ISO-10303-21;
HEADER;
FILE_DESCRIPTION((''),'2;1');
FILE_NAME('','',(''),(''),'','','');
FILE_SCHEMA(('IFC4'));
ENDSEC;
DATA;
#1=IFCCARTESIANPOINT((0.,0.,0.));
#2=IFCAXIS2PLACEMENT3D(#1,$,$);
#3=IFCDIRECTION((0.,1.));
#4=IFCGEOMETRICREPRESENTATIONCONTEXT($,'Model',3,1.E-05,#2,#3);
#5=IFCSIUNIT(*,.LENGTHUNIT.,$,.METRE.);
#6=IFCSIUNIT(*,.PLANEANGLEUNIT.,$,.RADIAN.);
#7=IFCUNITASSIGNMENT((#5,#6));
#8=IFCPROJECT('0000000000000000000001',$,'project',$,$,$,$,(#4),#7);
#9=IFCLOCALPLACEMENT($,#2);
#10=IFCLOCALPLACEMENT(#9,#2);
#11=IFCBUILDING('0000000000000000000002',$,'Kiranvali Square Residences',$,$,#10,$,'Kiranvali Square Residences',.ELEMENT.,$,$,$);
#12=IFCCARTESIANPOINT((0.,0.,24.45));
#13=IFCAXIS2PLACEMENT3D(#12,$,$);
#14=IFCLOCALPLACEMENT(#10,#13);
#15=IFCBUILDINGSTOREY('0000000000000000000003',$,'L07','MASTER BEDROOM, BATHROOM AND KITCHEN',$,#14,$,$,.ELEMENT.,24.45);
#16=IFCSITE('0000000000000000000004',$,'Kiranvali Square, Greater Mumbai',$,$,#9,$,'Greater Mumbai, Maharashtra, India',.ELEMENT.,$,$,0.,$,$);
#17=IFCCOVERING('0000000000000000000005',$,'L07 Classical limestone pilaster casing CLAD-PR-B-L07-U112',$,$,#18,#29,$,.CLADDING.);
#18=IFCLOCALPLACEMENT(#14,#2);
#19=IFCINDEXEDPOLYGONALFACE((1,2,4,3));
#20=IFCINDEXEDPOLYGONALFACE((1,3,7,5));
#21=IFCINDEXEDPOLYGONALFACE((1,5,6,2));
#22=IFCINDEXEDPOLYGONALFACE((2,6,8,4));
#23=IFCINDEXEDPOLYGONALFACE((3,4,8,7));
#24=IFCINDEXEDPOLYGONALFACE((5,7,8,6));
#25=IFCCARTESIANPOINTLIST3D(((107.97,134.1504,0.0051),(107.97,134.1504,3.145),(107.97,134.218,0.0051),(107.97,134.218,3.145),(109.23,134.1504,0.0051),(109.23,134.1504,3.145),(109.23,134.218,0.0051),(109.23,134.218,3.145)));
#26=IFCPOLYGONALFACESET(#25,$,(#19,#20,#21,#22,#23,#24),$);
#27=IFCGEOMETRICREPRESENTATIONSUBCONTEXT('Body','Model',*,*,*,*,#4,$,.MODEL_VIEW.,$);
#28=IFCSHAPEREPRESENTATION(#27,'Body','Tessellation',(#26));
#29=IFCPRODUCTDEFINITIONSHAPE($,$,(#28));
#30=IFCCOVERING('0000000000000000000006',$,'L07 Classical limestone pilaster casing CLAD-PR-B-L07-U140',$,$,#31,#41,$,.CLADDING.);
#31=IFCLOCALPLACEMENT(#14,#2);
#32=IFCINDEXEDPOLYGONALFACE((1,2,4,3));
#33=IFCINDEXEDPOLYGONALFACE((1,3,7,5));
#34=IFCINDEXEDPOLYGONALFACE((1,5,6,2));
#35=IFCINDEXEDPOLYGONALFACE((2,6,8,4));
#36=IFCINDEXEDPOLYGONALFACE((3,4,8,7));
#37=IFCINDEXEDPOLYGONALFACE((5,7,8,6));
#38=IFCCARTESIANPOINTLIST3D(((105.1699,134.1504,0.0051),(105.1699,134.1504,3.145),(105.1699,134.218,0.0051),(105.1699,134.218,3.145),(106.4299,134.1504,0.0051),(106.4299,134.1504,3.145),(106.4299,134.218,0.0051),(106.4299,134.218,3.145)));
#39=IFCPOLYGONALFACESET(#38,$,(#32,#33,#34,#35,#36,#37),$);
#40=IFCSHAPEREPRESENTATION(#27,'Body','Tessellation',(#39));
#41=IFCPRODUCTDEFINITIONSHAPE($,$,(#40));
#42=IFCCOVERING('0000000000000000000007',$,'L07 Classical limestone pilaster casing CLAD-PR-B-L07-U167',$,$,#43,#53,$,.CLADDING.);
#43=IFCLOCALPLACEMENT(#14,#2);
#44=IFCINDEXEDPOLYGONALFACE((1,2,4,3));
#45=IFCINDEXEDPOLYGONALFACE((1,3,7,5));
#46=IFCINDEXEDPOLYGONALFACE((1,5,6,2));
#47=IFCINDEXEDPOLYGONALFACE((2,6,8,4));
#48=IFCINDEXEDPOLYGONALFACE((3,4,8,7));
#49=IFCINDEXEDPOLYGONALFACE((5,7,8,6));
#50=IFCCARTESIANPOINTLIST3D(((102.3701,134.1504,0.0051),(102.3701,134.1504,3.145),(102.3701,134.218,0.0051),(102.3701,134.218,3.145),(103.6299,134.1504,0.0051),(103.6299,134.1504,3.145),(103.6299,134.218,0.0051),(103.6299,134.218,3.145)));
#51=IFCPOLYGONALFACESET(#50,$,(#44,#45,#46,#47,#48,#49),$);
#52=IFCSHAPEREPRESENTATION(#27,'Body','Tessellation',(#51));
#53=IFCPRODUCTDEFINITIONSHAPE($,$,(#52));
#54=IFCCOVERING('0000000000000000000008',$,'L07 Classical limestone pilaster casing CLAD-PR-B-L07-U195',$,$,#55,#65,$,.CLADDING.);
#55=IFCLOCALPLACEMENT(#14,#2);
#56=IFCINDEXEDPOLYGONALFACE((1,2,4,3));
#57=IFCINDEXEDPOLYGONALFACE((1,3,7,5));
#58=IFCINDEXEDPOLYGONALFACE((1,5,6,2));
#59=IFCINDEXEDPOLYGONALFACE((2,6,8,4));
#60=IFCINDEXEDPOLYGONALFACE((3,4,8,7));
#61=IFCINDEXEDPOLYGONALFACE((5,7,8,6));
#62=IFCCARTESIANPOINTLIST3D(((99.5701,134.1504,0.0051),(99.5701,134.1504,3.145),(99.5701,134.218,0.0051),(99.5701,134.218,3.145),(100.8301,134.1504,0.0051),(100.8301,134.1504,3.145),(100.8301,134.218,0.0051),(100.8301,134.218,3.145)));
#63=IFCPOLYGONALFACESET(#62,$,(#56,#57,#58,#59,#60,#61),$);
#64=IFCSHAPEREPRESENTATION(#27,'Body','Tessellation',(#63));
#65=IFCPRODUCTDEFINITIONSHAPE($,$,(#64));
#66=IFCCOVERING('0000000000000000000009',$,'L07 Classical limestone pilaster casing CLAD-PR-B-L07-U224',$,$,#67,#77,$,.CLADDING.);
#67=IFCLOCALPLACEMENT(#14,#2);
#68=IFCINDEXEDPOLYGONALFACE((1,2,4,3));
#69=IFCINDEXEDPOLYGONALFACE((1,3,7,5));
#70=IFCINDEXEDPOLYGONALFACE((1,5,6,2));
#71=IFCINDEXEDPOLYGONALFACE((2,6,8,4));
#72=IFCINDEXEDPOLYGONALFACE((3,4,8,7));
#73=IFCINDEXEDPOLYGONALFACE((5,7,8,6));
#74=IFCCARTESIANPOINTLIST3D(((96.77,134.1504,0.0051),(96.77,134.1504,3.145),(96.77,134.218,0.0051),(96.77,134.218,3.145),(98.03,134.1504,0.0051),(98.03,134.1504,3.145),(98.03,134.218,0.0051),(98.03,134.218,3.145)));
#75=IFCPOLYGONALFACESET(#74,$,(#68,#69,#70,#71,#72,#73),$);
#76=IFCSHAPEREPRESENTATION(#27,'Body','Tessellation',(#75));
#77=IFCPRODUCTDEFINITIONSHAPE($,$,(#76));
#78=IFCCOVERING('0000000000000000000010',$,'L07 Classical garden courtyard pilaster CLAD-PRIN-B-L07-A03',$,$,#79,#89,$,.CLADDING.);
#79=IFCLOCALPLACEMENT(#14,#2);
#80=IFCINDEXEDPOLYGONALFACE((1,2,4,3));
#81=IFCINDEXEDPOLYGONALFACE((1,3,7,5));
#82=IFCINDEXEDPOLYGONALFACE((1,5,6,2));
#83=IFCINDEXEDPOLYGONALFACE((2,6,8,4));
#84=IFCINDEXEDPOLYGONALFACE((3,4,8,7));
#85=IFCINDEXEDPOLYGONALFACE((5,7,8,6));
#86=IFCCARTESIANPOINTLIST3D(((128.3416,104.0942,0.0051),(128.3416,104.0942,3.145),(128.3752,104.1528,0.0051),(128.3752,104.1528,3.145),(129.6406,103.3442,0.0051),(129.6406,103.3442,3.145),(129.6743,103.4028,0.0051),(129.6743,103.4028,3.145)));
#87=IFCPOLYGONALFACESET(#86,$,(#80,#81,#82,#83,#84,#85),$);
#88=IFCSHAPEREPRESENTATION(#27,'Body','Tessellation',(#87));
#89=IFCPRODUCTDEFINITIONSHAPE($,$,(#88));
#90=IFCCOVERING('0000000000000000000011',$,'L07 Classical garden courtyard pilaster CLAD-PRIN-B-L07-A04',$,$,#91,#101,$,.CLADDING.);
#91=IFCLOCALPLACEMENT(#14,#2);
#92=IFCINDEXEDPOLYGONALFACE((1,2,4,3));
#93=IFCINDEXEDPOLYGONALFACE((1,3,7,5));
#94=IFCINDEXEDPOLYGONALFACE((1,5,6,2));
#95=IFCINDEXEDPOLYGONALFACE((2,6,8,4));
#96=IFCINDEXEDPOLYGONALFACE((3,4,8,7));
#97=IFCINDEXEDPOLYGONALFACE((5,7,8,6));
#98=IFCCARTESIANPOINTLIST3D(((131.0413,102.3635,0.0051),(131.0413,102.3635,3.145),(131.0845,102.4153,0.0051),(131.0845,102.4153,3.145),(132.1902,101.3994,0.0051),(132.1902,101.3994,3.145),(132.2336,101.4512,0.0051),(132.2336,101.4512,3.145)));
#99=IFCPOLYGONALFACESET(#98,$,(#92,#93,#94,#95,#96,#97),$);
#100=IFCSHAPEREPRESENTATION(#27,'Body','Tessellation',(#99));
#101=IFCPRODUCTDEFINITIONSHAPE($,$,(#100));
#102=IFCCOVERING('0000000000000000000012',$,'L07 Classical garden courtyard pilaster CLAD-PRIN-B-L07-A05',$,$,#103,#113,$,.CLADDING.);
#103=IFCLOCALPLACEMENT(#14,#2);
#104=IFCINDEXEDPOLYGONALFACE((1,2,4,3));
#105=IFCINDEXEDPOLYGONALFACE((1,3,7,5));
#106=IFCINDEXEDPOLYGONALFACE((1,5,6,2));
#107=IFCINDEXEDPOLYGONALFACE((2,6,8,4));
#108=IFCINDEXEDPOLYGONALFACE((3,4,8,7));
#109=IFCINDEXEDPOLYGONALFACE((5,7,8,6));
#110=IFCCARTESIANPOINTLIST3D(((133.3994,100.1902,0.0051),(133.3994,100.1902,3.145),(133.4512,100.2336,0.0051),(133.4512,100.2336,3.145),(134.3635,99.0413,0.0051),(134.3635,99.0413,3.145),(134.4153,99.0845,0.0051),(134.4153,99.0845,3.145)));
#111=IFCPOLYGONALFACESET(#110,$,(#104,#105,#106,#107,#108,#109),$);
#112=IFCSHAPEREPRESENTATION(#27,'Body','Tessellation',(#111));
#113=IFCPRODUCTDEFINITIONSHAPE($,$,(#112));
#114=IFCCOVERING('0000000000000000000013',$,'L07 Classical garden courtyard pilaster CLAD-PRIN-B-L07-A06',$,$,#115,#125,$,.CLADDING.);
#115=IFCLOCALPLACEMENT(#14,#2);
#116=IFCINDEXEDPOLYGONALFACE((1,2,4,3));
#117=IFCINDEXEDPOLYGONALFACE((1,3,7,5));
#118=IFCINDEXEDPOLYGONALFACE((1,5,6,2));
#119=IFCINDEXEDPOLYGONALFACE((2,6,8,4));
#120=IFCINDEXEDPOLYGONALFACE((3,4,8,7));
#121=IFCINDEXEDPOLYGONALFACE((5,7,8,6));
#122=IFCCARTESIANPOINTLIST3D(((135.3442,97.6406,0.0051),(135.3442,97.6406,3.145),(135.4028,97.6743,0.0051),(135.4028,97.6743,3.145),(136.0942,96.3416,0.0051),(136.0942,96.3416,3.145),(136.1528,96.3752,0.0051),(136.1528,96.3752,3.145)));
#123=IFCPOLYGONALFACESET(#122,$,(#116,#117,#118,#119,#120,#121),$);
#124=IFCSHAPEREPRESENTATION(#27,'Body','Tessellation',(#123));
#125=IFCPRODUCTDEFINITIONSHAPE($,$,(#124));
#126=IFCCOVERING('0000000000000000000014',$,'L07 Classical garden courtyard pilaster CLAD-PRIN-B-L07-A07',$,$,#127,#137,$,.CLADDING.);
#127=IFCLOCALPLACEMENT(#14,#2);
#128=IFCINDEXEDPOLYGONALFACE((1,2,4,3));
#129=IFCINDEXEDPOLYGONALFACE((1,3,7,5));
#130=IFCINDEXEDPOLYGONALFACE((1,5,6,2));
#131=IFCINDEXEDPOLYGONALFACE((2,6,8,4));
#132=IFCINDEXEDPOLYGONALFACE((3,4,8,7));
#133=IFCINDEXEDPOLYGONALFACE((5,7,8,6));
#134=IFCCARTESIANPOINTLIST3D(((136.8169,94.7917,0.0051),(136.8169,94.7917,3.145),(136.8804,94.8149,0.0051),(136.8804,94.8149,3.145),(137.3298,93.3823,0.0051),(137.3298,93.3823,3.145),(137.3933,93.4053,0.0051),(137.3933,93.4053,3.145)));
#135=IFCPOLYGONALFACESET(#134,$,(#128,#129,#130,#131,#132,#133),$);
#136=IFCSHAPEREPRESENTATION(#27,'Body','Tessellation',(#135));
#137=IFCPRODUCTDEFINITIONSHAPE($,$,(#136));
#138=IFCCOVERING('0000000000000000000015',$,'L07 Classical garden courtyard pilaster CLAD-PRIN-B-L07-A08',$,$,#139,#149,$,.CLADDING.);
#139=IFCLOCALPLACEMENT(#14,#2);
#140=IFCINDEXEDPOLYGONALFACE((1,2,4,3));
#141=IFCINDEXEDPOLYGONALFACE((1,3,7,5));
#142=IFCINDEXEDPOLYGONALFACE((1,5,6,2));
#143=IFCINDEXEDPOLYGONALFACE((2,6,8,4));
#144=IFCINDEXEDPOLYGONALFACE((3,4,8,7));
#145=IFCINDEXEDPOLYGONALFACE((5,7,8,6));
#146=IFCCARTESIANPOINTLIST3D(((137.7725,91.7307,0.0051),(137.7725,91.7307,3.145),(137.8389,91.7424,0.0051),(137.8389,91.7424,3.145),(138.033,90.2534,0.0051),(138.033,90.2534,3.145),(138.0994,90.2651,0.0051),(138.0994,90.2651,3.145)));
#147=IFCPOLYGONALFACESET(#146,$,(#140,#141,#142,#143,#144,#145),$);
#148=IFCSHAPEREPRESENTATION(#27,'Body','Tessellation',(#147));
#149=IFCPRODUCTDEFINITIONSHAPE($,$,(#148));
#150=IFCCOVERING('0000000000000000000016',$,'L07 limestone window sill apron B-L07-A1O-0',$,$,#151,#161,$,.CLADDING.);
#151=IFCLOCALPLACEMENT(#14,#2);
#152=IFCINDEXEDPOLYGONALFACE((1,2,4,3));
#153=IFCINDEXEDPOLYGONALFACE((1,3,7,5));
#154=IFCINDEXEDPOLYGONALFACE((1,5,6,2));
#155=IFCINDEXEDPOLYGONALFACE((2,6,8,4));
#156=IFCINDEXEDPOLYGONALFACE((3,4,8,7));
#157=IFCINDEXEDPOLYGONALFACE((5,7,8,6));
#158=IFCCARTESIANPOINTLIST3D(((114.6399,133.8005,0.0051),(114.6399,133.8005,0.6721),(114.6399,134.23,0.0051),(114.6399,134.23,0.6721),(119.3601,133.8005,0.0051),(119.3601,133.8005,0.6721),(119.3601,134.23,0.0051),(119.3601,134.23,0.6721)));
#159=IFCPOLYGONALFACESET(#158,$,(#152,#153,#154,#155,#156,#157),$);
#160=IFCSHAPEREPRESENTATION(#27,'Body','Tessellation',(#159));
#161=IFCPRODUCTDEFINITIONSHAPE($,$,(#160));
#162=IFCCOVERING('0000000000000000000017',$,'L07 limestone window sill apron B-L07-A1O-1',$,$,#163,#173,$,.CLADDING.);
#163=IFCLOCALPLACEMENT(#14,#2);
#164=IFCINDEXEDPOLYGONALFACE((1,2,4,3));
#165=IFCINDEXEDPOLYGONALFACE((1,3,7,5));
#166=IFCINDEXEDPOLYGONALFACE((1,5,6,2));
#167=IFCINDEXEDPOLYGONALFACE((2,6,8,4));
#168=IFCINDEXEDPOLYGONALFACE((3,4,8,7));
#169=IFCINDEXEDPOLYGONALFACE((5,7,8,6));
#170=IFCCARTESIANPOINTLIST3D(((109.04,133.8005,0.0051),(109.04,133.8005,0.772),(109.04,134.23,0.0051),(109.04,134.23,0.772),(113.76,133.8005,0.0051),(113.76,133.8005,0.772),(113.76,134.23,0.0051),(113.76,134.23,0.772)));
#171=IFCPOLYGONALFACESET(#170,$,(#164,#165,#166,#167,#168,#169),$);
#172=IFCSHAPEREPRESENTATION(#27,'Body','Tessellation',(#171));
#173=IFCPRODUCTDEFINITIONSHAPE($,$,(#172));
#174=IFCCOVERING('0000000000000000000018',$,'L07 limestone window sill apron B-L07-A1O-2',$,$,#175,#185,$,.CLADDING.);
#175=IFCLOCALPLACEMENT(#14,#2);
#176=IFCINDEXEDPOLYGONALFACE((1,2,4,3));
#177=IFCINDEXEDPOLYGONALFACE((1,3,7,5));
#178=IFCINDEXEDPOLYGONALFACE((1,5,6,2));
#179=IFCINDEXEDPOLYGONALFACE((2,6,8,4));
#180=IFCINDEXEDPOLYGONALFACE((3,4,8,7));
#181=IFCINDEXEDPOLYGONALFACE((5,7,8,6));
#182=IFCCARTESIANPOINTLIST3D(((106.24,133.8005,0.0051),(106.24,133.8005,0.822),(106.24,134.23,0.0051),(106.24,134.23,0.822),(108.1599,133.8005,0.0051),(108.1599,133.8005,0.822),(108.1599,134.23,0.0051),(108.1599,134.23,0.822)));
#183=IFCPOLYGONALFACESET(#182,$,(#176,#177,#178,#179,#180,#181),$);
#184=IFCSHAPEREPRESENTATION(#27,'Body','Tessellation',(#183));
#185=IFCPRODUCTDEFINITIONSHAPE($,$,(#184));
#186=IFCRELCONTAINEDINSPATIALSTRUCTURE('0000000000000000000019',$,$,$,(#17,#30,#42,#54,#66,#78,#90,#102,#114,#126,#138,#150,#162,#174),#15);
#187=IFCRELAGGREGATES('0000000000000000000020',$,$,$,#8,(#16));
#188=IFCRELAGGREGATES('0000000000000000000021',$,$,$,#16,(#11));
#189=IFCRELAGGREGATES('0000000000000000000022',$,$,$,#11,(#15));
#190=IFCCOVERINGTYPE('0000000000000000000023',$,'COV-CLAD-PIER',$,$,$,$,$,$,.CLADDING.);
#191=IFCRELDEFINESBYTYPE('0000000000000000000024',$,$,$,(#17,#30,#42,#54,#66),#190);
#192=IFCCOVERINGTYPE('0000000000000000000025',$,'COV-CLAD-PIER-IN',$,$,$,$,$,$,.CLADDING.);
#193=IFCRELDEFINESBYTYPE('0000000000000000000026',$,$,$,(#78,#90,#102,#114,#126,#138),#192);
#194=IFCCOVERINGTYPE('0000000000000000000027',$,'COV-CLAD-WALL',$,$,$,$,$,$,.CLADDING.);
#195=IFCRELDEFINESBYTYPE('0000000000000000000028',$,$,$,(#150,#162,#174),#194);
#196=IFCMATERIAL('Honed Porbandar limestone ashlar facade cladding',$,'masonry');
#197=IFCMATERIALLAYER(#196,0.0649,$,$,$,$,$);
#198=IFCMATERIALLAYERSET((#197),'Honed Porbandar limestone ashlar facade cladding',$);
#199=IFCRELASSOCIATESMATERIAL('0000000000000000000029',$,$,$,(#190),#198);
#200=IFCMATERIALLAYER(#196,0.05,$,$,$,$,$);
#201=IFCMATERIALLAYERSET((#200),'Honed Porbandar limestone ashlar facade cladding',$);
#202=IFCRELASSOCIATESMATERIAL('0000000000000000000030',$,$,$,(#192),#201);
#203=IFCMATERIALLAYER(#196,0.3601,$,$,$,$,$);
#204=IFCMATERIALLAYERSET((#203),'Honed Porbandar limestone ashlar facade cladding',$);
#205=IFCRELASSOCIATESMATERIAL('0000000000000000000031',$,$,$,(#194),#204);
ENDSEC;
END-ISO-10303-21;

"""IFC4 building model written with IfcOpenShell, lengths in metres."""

from ifc_helpers import new_model, si_unit, direction, frame, origin, place, context, subcontext, project, spatial, polyline, outline, extrude, material, layer, layer_set, type_object, element, save


model = new_model("IFC4")

# Units and contexts
model_context = context("Model", 3, precision=1e-05, world=origin(), true_north=direction((0.0, 1.0)))
body_context = subcontext(model_context, "Body", "Model", "MODEL_VIEW")
ifc_project = project(units=[si_unit("LENGTHUNIT", "METRE"), si_unit("PLANEANGLEUNIT", "RADIAN")], contexts=[model_context])

# Site, building, storey
site_placement = place(None, origin())
site = spatial("IfcSite", under=ifc_project, at=site_placement, Name="Kiranvali Square, Greater Mumbai", LongName="Greater Mumbai, Maharashtra, India", CompositionType="ELEMENT", RefElevation=0.0)
building_placement = place(site_placement, origin())
building = spatial("IfcBuilding", under=site, at=building_placement, Name="Kiranvali Square Residences", LongName="Kiranvali Square Residences", CompositionType="ELEMENT")
storey_placement = place(building_placement, frame((0.0, 0.0, 24.45)))
storey = spatial("IfcBuildingStorey", under=building, at=storey_placement, Name="L07", Description="MASTER BEDROOM, BATHROOM AND KITCHEN", CompositionType="ELEMENT", Elevation=24.45)

# Coverings
ifc_material = material(Name="Honed Porbandar limestone ashlar facade cladding", Category="masonry")
ifc_layer_1 = layer(ifc_material, 0.0649)
ifc_layer_set_1 = layer_set([ifc_layer_1], Name="Honed Porbandar limestone ashlar facade cladding")
covering_type_1 = type_object("IfcCoveringType", Name="COV-CLAD-PIER", PredefinedType="CLADDING", material=ifc_layer_set_1)
covering_1_placement = place(storey_placement, frame((0.0, 0.0, 0.0051)))
element("IfcCovering", 1, at=covering_1_placement, inside=storey, type_object=covering_type_1, Name="L07 Classical limestone pilaster casing CLAD-PR-B-L07-U112", PredefinedType="CLADDING", context=body_context, shape_type="SweptSolid", body=[
    extrude(outline(polyline([(109.23, 134.218), (107.97, 134.218), (107.97, 134.1504), (109.23, 134.1504), (109.23, 134.218)])), origin(), (0.0, 0.0, 1.0), 3.1399),
])
covering_2_placement = place(storey_placement, frame((0.0, 0.0, 0.0051)))
element("IfcCovering", 2, at=covering_2_placement, inside=storey, type_object=covering_type_1, Name="L07 Classical limestone pilaster casing CLAD-PR-B-L07-U140", PredefinedType="CLADDING", context=body_context, shape_type="SweptSolid", body=[
    extrude(outline(polyline([(106.4299, 134.218), (105.1699, 134.218), (105.1699, 134.1504), (106.4299, 134.1504), (106.4299, 134.218)])), origin(), (0.0, 0.0, 1.0), 3.1399),
])
covering_3_placement = place(storey_placement, frame((0.0, 0.0, 0.0051)))
element("IfcCovering", 3, at=covering_3_placement, inside=storey, type_object=covering_type_1, Name="L07 Classical limestone pilaster casing CLAD-PR-B-L07-U167", PredefinedType="CLADDING", context=body_context, shape_type="SweptSolid", body=[
    extrude(outline(polyline([(103.6299, 134.218), (102.3701, 134.218), (102.3701, 134.1504), (103.6299, 134.1504), (103.6299, 134.218)])), origin(), (0.0, 0.0, 1.0), 3.1399),
])
covering_4_placement = place(storey_placement, frame((0.0, 0.0, 0.0051)))
element("IfcCovering", 4, at=covering_4_placement, inside=storey, type_object=covering_type_1, Name="L07 Classical limestone pilaster casing CLAD-PR-B-L07-U195", PredefinedType="CLADDING", context=body_context, shape_type="SweptSolid", body=[
    extrude(outline(polyline([(100.8301, 134.218), (99.5701, 134.218), (99.5701, 134.1504), (100.8301, 134.1504), (100.8301, 134.218)])), origin(), (0.0, 0.0, 1.0), 3.1399),
])
covering_5_placement = place(storey_placement, frame((0.0, 0.0, 0.0051)))
element("IfcCovering", 5, at=covering_5_placement, inside=storey, type_object=covering_type_1, Name="L07 Classical limestone pilaster casing CLAD-PR-B-L07-U224", PredefinedType="CLADDING", context=body_context, shape_type="SweptSolid", body=[
    extrude(outline(polyline([(98.03, 134.218), (96.77, 134.218), (96.77, 134.1504), (98.03, 134.1504), (98.03, 134.218)])), origin(), (0.0, 0.0, 1.0), 3.1399),
])
ifc_layer_2 = layer(ifc_material, 0.05)
ifc_layer_set_2 = layer_set([ifc_layer_2], Name="Honed Porbandar limestone ashlar facade cladding")
covering_type_2 = type_object("IfcCoveringType", Name="COV-CLAD-PIER-IN", PredefinedType="CLADDING", material=ifc_layer_set_2)
covering_6_placement = place(storey_placement, frame((0.0, 0.0, 0.0051)))
element("IfcCovering", 6, at=covering_6_placement, inside=storey, type_object=covering_type_2, Name="L07 Classical garden courtyard pilaster CLAD-PRIN-B-L07-A03", PredefinedType="CLADDING", context=body_context, shape_type="SweptSolid", body=[
    extrude(outline(polyline([(128.3416, 104.0942), (129.6406, 103.3442), (129.6743, 103.4028), (128.3752, 104.1528), (128.3416, 104.0942)])), origin(), (0.0, 0.0, 1.0), 3.1399),
])
covering_7_placement = place(storey_placement, frame((0.0, 0.0, 0.0051)))
element("IfcCovering", 7, at=covering_7_placement, inside=storey, type_object=covering_type_2, Name="L07 Classical garden courtyard pilaster CLAD-PRIN-B-L07-A04", PredefinedType="CLADDING", context=body_context, shape_type="SweptSolid", body=[
    extrude(outline(polyline([(131.0413, 102.3635), (132.1902, 101.3994), (132.2336, 101.4512), (131.0845, 102.4153), (131.0413, 102.3635)])), origin(), (0.0, 0.0, 1.0), 3.1399),
])
covering_8_placement = place(storey_placement, frame((0.0, 0.0, 0.0051)))
element("IfcCovering", 8, at=covering_8_placement, inside=storey, type_object=covering_type_2, Name="L07 Classical garden courtyard pilaster CLAD-PRIN-B-L07-A05", PredefinedType="CLADDING", context=body_context, shape_type="SweptSolid", body=[
    extrude(outline(polyline([(133.3994, 100.1902), (134.3635, 99.0413), (134.4153, 99.0845), (133.4512, 100.2336), (133.3994, 100.1902)])), origin(), (0.0, 0.0, 1.0), 3.1399),
])
covering_9_placement = place(storey_placement, frame((0.0, 0.0, 0.0051)))
element("IfcCovering", 9, at=covering_9_placement, inside=storey, type_object=covering_type_2, Name="L07 Classical garden courtyard pilaster CLAD-PRIN-B-L07-A06", PredefinedType="CLADDING", context=body_context, shape_type="SweptSolid", body=[
    extrude(outline(polyline([(135.3442, 97.6406), (136.0942, 96.3416), (136.1528, 96.3752), (135.4028, 97.6743), (135.3442, 97.6406)])), origin(), (0.0, 0.0, 1.0), 3.1399),
])
covering_10_placement = place(storey_placement, frame((0.0, 0.0, 0.0051)))
element("IfcCovering", 10, at=covering_10_placement, inside=storey, type_object=covering_type_2, Name="L07 Classical garden courtyard pilaster CLAD-PRIN-B-L07-A07", PredefinedType="CLADDING", context=body_context, shape_type="SweptSolid", body=[
    extrude(outline(polyline([(136.8169, 94.7917), (137.3298, 93.3823), (137.3933, 93.4053), (136.8804, 94.8149), (136.8169, 94.7917)])), origin(), (0.0, 0.0, 1.0), 3.1399),
])
covering_11_placement = place(storey_placement, frame((0.0, 0.0, 0.0051)))
element("IfcCovering", 11, at=covering_11_placement, inside=storey, type_object=covering_type_2, Name="L07 Classical garden courtyard pilaster CLAD-PRIN-B-L07-A08", PredefinedType="CLADDING", context=body_context, shape_type="SweptSolid", body=[
    extrude(outline(polyline([(137.7725, 91.7307), (138.033, 90.2534), (138.0994, 90.2651), (137.8389, 91.7424), (137.7725, 91.7307)])), origin(), (0.0, 0.0, 1.0), 3.1399),
])
ifc_layer_3 = layer(ifc_material, 0.3601)
ifc_layer_set_3 = layer_set([ifc_layer_3], Name="Honed Porbandar limestone ashlar facade cladding")
covering_type_3 = type_object("IfcCoveringType", Name="COV-CLAD-WALL", PredefinedType="CLADDING", material=ifc_layer_set_3)
covering_12_placement = place(storey_placement, frame((0.0, 0.0, 0.0051)))
element("IfcCovering", 12, at=covering_12_placement, inside=storey, type_object=covering_type_3, Name="L07 limestone window sill apron B-L07-A1O-0", PredefinedType="CLADDING", context=body_context, shape_type="SweptSolid", body=[
    extrude(outline(polyline([(119.3601, 134.23), (114.6399, 134.23), (114.6399, 133.8005), (119.3601, 133.8005), (119.3601, 134.23)])), origin(), (0.0, 0.0, 1.0), 0.667),
])
covering_13_placement = place(storey_placement, frame((0.0, 0.0, 0.0051)))
element("IfcCovering", 13, at=covering_13_placement, inside=storey, type_object=covering_type_3, Name="L07 limestone window sill apron B-L07-A1O-1", PredefinedType="CLADDING", context=body_context, shape_type="SweptSolid", body=[
    extrude(outline(polyline([(113.76, 134.23), (109.04, 134.23), (109.04, 133.8005), (113.76, 133.8005), (113.76, 134.23)])), origin(), (0.0, 0.0, 1.0), 0.7668),
])
covering_14_placement = place(storey_placement, frame((0.0, 0.0, 0.0051)))
element("IfcCovering", 14, at=covering_14_placement, inside=storey, type_object=covering_type_3, Name="L07 limestone window sill apron B-L07-A1O-2", PredefinedType="CLADDING", context=body_context, shape_type="SweptSolid", body=[
    extrude(outline(polyline([(108.1599, 134.23), (106.24, 134.23), (106.24, 133.8005), (108.1599, 133.8005), (108.1599, 134.23)])), origin(), (0.0, 0.0, 1.0), 0.8169),
])

save(model, "model.ifc")
